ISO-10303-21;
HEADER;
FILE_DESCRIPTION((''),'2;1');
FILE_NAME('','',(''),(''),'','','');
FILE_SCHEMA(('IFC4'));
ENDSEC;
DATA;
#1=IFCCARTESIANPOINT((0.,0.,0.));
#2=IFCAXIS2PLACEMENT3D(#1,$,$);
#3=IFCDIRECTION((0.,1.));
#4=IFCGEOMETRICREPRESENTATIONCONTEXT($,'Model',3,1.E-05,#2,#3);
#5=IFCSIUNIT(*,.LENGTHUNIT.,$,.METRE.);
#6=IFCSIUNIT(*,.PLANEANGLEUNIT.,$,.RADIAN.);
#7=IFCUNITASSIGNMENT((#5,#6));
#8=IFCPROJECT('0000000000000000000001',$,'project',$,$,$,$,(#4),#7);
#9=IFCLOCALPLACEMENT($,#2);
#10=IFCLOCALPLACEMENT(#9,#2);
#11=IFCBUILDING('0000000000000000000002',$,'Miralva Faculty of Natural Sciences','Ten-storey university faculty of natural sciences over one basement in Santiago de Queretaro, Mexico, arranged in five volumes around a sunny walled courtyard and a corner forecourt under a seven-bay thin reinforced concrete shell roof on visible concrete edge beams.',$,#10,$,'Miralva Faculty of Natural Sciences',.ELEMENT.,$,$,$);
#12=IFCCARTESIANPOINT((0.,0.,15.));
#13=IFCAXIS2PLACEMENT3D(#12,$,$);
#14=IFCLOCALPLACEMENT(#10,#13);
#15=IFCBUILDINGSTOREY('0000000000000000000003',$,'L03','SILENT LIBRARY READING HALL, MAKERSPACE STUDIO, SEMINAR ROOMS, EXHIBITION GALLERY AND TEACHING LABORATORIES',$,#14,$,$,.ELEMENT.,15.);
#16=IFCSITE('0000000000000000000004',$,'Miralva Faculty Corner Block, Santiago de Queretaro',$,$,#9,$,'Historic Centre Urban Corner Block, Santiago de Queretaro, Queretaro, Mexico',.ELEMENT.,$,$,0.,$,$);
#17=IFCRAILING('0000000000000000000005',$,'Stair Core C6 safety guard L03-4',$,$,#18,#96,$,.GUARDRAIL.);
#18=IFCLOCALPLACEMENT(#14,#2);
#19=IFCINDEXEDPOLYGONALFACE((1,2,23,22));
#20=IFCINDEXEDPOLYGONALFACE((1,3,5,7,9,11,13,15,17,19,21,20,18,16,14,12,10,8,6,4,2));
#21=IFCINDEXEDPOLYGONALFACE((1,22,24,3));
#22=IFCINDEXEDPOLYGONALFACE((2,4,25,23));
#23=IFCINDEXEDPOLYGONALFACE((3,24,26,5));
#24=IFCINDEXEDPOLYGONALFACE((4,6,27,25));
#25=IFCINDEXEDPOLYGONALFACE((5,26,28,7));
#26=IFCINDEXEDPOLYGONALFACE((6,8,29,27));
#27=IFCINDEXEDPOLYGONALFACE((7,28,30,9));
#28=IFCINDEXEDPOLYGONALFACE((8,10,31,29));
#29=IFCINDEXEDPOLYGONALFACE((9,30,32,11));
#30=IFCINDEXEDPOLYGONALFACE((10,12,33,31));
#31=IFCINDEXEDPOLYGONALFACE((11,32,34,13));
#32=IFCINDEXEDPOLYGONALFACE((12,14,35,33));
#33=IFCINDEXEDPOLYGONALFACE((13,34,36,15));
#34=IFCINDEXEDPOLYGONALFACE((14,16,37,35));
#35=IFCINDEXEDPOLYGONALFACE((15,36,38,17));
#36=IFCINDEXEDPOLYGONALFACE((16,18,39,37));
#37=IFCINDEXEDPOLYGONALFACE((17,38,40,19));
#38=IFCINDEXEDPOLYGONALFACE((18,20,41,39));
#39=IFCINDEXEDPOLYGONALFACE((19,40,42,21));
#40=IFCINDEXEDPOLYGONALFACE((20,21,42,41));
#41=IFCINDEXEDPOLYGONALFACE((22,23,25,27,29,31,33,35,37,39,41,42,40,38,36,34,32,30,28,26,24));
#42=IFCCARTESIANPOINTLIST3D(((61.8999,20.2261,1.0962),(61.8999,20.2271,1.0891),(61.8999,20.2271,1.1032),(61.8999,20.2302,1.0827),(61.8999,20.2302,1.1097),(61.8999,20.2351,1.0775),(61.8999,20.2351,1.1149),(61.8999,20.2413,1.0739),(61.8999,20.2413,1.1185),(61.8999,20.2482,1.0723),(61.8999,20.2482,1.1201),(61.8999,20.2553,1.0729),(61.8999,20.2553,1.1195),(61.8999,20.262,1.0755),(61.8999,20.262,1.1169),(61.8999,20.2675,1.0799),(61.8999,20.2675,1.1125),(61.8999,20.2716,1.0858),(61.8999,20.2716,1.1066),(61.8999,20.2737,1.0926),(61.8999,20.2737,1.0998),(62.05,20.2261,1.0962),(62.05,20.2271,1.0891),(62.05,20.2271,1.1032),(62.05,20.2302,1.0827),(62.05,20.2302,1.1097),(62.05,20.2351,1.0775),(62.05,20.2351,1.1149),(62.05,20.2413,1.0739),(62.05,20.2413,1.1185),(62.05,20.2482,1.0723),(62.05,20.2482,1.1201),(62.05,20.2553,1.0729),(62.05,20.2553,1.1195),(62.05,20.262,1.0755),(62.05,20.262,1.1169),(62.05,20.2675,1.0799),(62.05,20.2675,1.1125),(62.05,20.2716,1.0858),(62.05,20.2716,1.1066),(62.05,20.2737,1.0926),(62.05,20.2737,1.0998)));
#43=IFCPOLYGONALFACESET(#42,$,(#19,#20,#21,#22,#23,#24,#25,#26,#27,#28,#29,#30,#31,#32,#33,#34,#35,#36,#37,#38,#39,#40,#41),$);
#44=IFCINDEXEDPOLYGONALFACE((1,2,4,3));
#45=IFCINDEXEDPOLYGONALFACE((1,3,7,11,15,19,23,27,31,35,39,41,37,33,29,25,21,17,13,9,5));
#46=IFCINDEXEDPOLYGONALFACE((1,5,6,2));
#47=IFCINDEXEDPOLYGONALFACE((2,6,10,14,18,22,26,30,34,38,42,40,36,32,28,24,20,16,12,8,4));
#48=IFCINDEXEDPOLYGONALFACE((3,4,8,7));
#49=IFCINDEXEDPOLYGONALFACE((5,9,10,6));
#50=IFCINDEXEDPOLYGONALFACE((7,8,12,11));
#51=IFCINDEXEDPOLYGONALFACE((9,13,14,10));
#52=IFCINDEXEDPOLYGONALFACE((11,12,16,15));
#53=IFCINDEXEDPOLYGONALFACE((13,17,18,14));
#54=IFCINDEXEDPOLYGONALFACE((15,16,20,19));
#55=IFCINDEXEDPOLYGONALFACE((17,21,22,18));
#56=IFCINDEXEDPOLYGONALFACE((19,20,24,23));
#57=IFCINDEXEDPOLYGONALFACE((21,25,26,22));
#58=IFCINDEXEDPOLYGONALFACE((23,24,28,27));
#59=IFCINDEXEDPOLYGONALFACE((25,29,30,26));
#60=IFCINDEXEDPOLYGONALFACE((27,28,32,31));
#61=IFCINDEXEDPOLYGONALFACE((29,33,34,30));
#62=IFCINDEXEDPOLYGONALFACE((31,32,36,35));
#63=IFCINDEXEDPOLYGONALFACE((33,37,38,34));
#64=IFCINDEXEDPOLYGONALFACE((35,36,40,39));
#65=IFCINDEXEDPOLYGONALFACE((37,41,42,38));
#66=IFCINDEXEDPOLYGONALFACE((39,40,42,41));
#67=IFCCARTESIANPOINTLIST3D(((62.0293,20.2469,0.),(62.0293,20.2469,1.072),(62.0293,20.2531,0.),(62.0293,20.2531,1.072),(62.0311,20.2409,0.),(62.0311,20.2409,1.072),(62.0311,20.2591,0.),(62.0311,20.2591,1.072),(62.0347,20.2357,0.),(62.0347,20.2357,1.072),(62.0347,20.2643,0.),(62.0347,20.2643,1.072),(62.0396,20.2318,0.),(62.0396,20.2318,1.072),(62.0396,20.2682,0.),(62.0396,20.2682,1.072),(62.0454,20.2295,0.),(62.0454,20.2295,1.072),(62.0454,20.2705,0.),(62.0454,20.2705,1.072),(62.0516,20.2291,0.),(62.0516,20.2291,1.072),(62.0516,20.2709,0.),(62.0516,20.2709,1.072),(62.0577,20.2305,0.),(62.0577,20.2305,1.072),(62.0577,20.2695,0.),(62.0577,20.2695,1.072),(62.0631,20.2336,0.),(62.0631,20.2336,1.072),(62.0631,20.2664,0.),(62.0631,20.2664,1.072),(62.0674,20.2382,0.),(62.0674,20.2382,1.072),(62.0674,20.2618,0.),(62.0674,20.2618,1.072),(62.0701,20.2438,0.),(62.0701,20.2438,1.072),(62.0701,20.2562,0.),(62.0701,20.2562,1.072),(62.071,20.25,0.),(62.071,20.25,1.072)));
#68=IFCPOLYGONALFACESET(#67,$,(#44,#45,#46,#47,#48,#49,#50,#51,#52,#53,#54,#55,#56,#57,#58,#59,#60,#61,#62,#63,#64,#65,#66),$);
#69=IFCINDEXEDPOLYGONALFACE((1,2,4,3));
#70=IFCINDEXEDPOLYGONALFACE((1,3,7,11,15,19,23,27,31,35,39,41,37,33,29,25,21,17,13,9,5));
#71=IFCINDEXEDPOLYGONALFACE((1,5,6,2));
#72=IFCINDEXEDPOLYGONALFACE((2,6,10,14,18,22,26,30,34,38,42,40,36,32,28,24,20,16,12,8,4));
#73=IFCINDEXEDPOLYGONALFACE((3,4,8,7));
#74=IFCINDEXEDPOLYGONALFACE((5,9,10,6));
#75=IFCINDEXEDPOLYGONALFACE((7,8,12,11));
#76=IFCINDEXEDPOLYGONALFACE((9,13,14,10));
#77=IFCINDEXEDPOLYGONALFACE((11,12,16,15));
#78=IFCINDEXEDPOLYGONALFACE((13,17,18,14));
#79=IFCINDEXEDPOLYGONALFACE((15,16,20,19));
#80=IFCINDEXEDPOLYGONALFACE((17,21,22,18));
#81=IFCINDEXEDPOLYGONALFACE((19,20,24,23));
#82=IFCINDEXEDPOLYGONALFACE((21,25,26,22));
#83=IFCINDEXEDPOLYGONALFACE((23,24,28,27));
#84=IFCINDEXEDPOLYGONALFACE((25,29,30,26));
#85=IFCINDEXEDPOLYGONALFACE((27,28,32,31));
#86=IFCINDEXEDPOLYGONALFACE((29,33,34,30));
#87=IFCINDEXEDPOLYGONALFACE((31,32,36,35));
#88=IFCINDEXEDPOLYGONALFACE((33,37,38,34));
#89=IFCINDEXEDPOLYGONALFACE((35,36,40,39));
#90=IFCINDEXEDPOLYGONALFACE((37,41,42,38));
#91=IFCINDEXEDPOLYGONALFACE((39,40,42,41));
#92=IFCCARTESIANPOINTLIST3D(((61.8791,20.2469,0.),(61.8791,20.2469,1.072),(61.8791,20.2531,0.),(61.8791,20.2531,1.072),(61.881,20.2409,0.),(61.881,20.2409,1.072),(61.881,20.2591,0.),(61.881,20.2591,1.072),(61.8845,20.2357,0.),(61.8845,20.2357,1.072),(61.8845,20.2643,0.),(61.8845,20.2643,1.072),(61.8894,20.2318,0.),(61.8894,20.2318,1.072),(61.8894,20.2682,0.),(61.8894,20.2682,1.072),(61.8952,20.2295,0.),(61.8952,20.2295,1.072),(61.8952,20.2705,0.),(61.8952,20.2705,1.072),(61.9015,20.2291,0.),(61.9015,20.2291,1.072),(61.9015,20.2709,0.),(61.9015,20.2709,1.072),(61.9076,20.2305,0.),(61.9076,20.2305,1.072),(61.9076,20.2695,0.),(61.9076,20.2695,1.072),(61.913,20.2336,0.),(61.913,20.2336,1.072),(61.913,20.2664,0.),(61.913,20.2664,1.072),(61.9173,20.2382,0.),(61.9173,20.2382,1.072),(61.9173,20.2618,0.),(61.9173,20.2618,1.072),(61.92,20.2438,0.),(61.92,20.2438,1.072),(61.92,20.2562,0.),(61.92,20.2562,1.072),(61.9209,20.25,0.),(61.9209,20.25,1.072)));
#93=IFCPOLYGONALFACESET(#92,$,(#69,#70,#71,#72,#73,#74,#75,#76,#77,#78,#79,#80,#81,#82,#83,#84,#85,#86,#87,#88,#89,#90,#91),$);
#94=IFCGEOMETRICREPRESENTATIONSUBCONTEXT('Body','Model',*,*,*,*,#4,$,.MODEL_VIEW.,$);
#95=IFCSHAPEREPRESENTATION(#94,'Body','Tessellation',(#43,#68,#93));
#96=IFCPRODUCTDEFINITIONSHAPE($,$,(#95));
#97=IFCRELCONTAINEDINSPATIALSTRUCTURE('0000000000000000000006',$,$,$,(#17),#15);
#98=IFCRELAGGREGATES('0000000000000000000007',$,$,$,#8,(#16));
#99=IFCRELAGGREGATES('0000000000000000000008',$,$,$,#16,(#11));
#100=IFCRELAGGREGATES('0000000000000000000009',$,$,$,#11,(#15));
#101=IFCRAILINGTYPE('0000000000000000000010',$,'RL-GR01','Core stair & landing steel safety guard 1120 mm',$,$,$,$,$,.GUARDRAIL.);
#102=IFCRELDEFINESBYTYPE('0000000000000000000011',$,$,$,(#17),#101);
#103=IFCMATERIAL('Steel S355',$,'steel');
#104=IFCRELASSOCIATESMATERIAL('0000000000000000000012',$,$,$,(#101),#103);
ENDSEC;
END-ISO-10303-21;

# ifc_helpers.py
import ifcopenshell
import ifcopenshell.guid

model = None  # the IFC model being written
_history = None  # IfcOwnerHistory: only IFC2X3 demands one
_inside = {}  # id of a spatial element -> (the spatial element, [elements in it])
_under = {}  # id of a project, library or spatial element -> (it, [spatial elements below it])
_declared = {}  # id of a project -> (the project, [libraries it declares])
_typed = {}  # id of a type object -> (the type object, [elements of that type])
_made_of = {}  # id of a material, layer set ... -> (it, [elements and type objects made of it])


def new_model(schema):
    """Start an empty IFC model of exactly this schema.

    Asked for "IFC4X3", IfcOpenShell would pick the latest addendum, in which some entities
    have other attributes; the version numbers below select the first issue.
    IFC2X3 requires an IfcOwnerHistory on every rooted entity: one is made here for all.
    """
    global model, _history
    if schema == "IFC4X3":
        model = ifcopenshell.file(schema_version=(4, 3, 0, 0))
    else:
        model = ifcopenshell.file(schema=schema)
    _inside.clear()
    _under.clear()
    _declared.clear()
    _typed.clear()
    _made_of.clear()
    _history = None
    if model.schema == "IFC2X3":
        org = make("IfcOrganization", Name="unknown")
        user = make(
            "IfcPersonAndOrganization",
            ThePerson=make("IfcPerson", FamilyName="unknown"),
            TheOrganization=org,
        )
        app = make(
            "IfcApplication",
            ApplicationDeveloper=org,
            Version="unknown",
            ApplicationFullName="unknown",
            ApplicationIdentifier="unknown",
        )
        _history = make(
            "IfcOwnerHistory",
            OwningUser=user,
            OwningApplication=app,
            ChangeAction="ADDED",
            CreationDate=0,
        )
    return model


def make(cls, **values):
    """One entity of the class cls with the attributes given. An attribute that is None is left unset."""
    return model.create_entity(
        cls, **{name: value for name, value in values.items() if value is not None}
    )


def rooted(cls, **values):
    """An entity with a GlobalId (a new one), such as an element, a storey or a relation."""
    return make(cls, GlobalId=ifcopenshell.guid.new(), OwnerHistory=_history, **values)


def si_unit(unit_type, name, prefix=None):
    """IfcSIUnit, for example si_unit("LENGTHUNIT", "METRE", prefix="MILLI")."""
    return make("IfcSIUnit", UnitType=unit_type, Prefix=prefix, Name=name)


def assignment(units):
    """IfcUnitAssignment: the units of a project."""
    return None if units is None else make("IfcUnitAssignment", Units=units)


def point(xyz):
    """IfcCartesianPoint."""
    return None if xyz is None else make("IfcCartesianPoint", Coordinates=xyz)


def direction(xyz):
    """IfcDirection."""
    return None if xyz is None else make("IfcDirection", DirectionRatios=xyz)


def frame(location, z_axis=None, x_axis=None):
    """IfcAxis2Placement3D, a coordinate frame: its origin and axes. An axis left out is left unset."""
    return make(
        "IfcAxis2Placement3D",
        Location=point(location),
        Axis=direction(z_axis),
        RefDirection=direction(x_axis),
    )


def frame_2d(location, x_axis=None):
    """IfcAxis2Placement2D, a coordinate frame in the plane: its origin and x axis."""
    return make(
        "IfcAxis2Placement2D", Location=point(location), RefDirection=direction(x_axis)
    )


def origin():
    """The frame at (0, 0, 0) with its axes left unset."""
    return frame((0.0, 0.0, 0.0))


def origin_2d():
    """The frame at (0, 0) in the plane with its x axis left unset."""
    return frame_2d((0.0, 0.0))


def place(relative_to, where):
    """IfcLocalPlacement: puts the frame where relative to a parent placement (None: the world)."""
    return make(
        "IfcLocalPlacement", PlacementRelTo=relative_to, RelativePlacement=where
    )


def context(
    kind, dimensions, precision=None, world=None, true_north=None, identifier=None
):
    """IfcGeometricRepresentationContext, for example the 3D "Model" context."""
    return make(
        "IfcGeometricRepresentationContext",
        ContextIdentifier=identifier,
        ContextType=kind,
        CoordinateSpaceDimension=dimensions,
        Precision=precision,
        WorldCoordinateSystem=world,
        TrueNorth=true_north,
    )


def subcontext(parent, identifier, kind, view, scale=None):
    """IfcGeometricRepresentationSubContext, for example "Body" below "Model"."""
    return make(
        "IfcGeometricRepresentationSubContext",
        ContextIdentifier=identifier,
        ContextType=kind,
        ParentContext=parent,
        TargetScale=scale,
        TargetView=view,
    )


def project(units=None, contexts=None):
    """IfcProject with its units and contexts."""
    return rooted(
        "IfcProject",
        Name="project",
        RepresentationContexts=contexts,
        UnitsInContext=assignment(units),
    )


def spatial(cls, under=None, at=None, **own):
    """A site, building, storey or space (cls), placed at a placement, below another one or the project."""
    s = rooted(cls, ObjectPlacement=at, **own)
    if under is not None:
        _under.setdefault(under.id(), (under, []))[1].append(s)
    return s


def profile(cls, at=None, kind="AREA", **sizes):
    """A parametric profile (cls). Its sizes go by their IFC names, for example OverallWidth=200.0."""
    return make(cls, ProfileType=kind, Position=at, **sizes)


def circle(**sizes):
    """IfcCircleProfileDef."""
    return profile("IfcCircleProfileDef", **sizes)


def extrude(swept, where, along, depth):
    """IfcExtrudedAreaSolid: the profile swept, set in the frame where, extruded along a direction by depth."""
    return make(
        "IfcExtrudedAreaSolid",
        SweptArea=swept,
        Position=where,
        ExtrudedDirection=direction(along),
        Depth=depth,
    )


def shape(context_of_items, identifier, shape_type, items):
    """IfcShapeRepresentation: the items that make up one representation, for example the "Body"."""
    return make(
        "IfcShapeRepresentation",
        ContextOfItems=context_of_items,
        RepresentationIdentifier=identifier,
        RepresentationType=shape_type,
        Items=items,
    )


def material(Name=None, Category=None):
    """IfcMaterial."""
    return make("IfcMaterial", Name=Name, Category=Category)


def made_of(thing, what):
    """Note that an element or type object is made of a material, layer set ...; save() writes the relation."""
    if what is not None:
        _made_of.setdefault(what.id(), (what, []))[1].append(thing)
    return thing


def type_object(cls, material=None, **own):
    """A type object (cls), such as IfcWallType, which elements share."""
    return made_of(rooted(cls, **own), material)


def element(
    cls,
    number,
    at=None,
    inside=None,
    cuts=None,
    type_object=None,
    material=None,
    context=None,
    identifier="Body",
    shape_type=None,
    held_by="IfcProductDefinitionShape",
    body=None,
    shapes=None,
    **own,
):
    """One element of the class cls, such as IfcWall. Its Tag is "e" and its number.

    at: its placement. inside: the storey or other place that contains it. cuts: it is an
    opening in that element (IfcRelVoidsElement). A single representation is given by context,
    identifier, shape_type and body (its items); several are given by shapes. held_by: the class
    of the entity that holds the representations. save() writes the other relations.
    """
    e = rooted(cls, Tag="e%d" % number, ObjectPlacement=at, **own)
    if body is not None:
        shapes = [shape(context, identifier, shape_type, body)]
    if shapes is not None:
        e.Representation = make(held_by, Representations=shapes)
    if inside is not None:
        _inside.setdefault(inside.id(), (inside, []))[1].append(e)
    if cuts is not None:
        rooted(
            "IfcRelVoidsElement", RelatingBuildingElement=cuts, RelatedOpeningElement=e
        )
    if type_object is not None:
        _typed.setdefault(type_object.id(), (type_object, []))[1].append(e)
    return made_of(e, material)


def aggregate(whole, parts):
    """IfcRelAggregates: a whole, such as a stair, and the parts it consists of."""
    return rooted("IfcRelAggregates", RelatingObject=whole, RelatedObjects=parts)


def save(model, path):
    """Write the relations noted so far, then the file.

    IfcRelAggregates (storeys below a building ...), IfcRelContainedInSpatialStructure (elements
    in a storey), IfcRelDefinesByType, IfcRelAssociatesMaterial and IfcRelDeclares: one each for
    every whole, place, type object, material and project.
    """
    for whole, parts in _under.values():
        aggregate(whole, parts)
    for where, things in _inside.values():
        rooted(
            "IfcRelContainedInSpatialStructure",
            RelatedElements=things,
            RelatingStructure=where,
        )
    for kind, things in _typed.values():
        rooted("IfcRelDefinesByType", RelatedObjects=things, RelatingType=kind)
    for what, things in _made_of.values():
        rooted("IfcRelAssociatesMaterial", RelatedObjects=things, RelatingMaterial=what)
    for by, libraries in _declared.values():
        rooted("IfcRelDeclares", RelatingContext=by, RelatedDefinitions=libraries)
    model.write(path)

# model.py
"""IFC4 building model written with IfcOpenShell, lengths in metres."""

from ifc_helpers import new_model, si_unit, direction, frame, origin, origin_2d, place, context, subcontext, project, spatial, circle, extrude, material, type_object, element, save


model = new_model("IFC4")

# Units and contexts
model_context = context("Model", 3, precision=1e-05, world=origin(), true_north=direction((0.0, 1.0)))
body_context = subcontext(model_context, "Body", "Model", "MODEL_VIEW")
ifc_project = project(units=[si_unit("LENGTHUNIT", "METRE"), si_unit("PLANEANGLEUNIT", "RADIAN")], contexts=[model_context])

# Site, building, storey
site_placement = place(None, origin())
site = spatial("IfcSite", under=ifc_project, at=site_placement, Name="Miralva Faculty Corner Block, Santiago de Queretaro", LongName="Historic Centre Urban Corner Block, Santiago de Queretaro, Queretaro, Mexico", CompositionType="ELEMENT", RefElevation=0.0)
building_placement = place(site_placement, origin())
building = spatial("IfcBuilding", under=site, at=building_placement, Name="Miralva Faculty of Natural Sciences", Description="Ten-storey university faculty of natural sciences over one basement in Santiago de Queretaro, Mexico, arranged in five volumes around a sunny walled courtyard and a corner forecourt under a seven-bay thin reinforced concrete shell roof on visible concrete edge beams.", LongName="Miralva Faculty of Natural Sciences", CompositionType="ELEMENT")
storey_placement = place(building_placement, frame((0.0, 0.0, 15.0)))
storey = spatial("IfcBuildingStorey", under=building, at=storey_placement, Name="L03", Description="SILENT LIBRARY READING HALL, MAKERSPACE STUDIO, SEMINAR ROOMS, EXHIBITION GALLERY AND TEACHING LABORATORIES", CompositionType="ELEMENT", Elevation=15.0)

# Railing
ifc_material_1 = material(Name="Steel S355", Category="steel")
railing_type_1 = type_object("IfcRailingType", Name="RL-GR01", Description="Core stair & landing steel safety guard 1120 mm", PredefinedType="GUARDRAIL", material=ifc_material_1)
railing_1_placement = place(storey_placement, frame((62.05, 20.25, 0.0)))
element("IfcRailing", 1, at=railing_1_placement, inside=storey, type_object=railing_type_1, Name="Stair Core C6 safety guard L03-4", PredefinedType="GUARDRAIL", context=body_context, shape_type="SweptSolid", body=[
    extrude(circle(Radius=0.0239, at=origin_2d()), frame((0.0, 0.0, 1.0962), z_axis=(-1.0, 0.0, 0.0), x_axis=(0.0, -1.0, 0.0)), (0.0, 0.0, 1.0), 0.1501),
    extrude(circle(Radius=0.021, at=origin_2d()), origin(), (0.0, 0.0, 1.0), 1.072),
    extrude(circle(Radius=0.021, at=origin_2d()), frame((-0.1501, 0.0, 0.0)), (0.0, 0.0, 1.0), 1.072),
])

save(model, "model.ifc")
